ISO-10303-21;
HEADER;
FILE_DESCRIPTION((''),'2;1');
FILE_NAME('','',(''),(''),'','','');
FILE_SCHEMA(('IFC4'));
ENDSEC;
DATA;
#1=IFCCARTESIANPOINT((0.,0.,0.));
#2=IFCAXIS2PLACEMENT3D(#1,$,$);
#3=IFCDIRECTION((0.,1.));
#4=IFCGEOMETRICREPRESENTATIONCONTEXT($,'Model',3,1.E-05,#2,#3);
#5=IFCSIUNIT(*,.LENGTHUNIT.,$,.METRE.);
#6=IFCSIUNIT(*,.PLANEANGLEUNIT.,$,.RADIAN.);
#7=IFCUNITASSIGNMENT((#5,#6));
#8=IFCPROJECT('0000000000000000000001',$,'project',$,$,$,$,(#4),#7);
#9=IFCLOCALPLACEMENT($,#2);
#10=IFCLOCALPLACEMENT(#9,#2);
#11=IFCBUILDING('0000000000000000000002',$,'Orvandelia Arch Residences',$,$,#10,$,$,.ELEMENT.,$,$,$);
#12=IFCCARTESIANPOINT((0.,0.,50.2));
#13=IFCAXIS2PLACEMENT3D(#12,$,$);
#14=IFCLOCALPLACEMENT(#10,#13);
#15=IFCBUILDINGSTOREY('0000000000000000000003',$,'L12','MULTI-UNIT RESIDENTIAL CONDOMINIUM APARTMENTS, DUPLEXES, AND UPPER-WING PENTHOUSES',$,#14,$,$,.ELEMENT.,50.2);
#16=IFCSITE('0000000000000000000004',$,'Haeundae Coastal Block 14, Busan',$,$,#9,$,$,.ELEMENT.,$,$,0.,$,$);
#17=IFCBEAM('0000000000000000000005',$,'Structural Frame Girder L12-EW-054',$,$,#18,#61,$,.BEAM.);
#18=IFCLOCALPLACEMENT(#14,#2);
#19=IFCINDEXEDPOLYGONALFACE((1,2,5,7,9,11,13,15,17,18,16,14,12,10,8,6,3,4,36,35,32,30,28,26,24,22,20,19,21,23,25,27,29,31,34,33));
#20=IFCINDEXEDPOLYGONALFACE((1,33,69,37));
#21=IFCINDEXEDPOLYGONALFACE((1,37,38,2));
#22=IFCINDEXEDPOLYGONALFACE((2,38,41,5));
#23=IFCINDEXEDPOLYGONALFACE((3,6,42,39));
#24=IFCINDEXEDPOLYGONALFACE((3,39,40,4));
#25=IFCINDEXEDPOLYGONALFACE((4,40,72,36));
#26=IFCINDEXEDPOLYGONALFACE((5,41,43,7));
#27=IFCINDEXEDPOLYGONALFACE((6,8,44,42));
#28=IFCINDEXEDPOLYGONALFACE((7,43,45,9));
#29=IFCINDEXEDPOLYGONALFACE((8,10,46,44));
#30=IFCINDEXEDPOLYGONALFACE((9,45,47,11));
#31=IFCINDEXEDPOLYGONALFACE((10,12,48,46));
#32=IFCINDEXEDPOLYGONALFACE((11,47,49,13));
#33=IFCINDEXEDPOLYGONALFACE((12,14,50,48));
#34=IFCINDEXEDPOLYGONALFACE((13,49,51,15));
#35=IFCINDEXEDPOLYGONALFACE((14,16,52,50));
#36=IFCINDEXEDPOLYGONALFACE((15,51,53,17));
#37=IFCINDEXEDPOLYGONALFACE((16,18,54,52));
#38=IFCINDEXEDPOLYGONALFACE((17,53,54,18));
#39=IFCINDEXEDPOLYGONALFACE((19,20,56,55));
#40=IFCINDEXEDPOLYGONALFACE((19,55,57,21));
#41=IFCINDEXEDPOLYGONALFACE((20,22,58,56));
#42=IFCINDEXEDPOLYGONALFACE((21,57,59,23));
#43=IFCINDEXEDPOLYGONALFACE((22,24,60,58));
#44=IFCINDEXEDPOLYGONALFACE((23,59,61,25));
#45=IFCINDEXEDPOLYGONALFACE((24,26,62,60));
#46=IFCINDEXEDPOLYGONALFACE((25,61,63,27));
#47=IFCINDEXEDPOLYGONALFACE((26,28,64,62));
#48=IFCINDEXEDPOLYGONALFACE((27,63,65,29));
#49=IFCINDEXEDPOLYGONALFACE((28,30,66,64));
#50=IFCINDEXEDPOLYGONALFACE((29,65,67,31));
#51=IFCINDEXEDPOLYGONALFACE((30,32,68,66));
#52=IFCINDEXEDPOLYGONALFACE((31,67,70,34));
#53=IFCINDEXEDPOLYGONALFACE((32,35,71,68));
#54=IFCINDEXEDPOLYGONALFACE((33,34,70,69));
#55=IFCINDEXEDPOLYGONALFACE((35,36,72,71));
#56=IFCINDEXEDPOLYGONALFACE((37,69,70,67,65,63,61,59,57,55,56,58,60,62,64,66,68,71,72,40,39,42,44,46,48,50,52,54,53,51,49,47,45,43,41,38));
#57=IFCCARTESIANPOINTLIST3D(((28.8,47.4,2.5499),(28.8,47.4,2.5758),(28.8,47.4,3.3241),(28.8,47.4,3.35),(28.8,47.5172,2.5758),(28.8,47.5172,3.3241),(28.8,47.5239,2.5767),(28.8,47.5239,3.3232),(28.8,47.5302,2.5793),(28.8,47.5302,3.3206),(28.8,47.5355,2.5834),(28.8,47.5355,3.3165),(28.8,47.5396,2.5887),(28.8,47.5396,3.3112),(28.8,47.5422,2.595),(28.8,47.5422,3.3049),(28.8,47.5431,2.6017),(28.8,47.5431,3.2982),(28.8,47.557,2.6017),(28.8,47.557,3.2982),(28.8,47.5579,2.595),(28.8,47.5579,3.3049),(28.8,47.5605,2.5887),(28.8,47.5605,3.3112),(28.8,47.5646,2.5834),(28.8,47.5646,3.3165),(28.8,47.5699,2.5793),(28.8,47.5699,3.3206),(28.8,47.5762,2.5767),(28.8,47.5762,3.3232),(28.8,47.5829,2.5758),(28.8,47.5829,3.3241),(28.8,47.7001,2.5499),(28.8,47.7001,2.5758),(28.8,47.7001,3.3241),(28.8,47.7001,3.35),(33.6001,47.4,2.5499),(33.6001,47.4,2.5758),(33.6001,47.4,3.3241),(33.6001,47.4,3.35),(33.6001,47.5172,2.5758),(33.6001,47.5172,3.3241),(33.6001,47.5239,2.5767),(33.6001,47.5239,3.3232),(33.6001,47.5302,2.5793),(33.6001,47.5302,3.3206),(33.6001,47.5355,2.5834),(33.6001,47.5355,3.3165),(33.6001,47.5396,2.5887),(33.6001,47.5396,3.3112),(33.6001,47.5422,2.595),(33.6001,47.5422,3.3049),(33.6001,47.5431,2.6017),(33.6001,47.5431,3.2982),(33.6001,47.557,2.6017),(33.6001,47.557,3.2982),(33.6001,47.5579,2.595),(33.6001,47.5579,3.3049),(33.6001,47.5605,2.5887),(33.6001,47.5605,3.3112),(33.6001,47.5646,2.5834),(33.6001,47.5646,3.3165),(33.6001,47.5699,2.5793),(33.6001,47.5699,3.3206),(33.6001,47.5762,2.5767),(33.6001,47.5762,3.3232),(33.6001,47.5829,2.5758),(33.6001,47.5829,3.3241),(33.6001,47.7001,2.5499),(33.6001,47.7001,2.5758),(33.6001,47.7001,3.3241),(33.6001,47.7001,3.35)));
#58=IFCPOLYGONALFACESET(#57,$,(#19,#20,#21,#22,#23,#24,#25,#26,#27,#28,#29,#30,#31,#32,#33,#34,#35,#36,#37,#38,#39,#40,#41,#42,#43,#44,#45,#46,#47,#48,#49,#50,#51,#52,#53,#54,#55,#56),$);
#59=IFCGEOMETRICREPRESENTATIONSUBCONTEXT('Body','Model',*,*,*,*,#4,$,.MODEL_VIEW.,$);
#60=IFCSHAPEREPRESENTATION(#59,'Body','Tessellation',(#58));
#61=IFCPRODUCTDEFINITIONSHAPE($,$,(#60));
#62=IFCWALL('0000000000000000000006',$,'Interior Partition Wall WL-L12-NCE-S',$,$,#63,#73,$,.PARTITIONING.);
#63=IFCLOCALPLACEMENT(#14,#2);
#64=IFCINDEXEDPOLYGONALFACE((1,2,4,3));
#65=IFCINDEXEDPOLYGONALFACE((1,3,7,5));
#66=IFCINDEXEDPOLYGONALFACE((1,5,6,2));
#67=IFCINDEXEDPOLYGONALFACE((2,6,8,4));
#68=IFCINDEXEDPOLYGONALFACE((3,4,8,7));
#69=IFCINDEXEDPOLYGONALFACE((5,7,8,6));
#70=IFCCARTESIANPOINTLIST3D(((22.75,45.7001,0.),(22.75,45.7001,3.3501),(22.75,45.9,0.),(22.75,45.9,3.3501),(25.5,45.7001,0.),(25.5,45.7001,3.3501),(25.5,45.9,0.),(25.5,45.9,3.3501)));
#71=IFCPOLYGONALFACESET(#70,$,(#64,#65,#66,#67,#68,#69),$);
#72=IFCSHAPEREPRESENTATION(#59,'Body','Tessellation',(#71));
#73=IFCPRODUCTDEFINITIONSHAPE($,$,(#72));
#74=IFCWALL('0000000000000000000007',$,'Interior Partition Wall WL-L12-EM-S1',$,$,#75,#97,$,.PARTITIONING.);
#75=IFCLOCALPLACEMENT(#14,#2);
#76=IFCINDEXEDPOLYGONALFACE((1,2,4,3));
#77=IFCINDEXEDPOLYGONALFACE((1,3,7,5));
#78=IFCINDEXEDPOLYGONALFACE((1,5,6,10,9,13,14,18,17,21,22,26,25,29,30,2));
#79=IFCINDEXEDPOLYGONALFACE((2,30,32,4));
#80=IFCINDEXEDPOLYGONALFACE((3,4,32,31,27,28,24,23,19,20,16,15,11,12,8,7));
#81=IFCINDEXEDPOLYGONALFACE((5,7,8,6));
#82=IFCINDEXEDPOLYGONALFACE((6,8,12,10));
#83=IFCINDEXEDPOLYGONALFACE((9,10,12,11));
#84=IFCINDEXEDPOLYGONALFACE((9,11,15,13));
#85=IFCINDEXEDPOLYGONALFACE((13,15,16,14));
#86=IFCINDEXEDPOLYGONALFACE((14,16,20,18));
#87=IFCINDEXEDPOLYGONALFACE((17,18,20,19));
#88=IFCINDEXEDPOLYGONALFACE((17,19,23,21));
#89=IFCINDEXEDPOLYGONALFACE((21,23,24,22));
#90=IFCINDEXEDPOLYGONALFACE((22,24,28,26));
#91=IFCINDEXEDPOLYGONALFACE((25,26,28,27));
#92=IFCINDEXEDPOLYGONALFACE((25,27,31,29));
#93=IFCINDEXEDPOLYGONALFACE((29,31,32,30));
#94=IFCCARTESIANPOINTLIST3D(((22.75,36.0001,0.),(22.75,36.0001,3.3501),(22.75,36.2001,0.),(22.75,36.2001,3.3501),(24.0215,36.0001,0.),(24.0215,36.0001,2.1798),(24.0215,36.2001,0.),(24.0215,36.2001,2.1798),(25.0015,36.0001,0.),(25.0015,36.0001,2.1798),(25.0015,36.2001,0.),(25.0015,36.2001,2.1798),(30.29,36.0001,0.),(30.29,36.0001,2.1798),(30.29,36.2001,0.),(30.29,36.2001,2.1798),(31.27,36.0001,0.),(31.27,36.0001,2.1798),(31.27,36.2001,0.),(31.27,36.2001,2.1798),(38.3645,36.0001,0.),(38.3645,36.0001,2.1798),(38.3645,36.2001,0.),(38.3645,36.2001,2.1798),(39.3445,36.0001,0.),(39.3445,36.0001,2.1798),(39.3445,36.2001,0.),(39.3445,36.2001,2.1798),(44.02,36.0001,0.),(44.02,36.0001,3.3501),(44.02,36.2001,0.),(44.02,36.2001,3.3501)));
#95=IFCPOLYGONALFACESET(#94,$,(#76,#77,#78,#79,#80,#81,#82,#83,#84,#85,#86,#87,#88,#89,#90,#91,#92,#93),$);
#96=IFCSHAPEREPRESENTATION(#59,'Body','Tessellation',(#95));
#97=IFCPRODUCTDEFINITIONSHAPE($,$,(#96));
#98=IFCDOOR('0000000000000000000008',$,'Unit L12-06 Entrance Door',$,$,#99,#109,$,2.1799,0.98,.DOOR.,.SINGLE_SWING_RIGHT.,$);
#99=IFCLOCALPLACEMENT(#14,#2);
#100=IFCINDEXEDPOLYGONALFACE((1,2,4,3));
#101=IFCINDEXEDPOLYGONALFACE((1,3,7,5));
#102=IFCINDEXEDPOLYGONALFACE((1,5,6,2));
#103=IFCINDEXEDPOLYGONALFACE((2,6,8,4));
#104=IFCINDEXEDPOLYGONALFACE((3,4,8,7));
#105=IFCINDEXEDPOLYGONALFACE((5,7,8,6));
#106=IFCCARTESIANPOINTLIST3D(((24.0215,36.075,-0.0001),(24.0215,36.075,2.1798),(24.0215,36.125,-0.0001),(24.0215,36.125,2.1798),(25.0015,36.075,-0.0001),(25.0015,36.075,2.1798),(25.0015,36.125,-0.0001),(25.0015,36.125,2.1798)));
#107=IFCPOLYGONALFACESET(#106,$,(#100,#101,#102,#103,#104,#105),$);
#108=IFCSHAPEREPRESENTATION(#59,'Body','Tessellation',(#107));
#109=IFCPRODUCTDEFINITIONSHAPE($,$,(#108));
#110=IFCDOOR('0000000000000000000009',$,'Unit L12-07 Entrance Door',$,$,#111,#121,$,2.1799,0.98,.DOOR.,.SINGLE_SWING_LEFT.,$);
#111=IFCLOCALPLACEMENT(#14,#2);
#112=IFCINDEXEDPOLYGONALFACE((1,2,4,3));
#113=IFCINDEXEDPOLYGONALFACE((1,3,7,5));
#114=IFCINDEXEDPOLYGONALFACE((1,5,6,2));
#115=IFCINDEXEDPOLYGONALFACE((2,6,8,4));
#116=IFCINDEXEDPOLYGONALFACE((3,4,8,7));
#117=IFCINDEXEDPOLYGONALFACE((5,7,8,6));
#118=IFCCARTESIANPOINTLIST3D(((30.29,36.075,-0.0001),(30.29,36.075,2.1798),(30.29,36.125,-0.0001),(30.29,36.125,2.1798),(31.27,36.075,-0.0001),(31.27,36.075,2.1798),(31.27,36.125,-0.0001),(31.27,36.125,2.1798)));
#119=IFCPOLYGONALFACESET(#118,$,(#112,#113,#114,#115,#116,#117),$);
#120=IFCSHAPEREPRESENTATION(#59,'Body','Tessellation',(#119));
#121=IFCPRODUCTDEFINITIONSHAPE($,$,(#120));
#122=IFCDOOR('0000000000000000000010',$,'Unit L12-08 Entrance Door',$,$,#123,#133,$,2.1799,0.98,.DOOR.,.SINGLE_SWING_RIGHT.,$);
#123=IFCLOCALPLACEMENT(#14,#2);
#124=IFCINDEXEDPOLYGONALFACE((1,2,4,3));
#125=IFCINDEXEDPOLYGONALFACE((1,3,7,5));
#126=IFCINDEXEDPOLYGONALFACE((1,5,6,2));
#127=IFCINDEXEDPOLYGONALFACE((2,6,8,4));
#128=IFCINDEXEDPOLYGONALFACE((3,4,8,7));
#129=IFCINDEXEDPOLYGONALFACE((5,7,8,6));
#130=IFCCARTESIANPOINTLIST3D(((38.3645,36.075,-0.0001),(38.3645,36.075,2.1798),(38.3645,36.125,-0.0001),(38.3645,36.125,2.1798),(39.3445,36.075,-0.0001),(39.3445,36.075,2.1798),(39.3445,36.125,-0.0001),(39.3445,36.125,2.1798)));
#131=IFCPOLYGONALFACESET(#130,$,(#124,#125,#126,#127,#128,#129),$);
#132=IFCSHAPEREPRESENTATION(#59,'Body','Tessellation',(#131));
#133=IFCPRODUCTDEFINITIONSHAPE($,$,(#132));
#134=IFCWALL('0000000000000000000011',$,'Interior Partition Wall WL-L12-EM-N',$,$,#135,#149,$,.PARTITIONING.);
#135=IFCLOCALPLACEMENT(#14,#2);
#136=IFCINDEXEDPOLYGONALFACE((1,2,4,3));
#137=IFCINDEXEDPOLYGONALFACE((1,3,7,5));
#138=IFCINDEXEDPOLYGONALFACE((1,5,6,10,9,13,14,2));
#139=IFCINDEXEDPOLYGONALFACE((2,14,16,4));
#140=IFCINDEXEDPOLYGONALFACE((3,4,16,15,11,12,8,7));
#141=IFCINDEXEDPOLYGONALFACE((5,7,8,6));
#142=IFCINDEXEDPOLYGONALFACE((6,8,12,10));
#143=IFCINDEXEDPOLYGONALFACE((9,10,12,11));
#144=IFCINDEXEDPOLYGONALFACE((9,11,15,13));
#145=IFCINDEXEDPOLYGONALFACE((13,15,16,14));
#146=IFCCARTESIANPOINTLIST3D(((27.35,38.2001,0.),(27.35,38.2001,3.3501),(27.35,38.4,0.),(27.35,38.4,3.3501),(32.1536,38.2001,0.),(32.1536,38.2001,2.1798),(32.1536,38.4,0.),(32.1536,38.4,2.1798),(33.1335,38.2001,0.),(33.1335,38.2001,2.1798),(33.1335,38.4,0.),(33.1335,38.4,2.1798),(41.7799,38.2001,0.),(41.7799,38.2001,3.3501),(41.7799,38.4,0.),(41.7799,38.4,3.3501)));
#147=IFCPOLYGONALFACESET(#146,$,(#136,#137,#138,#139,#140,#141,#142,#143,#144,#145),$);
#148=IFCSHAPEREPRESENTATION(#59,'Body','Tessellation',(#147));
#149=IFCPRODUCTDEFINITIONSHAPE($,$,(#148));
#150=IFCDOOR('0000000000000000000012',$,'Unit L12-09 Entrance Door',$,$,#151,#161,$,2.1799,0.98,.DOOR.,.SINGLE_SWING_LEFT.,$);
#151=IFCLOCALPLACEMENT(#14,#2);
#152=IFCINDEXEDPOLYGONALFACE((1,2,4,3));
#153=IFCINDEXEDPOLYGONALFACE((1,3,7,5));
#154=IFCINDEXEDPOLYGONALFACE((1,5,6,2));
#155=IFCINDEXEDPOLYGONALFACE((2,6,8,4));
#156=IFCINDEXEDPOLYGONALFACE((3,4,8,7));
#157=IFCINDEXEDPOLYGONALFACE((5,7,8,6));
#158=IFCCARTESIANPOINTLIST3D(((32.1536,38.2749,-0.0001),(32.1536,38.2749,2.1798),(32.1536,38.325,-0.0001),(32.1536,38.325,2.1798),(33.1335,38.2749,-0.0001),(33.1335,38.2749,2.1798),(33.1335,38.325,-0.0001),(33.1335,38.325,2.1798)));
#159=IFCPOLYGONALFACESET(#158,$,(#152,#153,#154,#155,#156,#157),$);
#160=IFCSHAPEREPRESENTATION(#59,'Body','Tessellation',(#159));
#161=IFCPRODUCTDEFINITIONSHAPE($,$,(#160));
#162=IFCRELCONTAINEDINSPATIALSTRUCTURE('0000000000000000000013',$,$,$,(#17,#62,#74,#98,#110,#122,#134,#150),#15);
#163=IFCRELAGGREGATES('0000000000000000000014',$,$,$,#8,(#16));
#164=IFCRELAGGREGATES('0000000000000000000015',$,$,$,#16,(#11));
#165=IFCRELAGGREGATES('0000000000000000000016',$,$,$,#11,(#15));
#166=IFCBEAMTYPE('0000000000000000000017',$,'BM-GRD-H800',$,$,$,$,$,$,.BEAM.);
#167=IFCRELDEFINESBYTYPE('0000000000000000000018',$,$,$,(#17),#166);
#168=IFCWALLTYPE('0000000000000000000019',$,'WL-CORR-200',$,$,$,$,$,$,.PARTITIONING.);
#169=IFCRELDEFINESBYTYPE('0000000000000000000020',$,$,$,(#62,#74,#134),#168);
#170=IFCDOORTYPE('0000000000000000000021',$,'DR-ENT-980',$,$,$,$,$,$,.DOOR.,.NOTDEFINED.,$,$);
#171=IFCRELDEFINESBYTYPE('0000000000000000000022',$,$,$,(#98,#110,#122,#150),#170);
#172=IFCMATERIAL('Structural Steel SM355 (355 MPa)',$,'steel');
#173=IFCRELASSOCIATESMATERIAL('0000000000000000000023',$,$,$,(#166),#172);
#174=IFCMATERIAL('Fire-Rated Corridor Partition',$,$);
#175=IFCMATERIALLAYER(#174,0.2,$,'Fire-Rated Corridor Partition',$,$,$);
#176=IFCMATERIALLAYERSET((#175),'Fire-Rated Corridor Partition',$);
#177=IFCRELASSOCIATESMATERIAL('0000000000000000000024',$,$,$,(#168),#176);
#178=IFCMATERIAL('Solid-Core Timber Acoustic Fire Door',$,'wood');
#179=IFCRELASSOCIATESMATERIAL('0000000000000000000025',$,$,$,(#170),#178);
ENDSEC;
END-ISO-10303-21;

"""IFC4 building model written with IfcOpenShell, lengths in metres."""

from ifc_helpers import new_model, si_unit, direction, frame, frame_2d, origin, origin_2d, place, context, subcontext, project, spatial, rectangle, i_section, extrude, material, layer, layer_set, material_profile, profile_set, type_object, element, fill, save


model = new_model("IFC4")

# Units and contexts
model_context = context("Model", 3, precision=1e-05, world=origin(), true_north=direction((0.0, 1.0)))
body_context = subcontext(model_context, "Body", "Model", "MODEL_VIEW")
ifc_project = project(units=[si_unit("LENGTHUNIT", "METRE"), si_unit("PLANEANGLEUNIT", "RADIAN")], contexts=[model_context])

# Site, building, storey
site_placement = place(None, origin())
site = spatial("IfcSite", under=ifc_project, at=site_placement, Name="Haeundae Coastal Block 14, Busan", CompositionType="ELEMENT", RefElevation=0.0)
building_placement = place(site_placement, origin())
building = spatial("IfcBuilding", under=site, at=building_placement, Name="Orvandelia Arch Residences", CompositionType="ELEMENT")
storey_placement = place(building_placement, frame((0.0, 0.0, 50.2)))
storey = spatial("IfcBuildingStorey", under=building, at=storey_placement, Name="L12", Description="MULTI-UNIT RESIDENTIAL CONDOMINIUM APARTMENTS, DUPLEXES, AND UPPER-WING PENTHOUSES", CompositionType="ELEMENT", Elevation=50.2)

# Beam
ifc_material_1 = material(Name="Structural Steel SM355 (355 MPa)", Category="steel")
ifc_material_profile_1 = material_profile(ifc_material_1, i_section(OverallWidth=0.3, OverallDepth=0.8, WebThickness=0.0139, FlangeThickness=0.0259, FilletRadius=0.0259, at=origin_2d()), Name="Structural Steel SM355 (355 MPa)", Category="steel")
ifc_profile_set_1 = profile_set([ifc_material_profile_1], Name="Structural Steel SM355 (355 MPa)")
beam_type = type_object("IfcBeamType", Name="BM-GRD-H800", PredefinedType="BEAM", material=ifc_profile_set_1)
beam_1_placement = place(storey_placement, frame((28.8, 47.55, 2.95), z_axis=(1.0, 0.0, 0.0), x_axis=(0.0, 1.0, 0.0)))
element("IfcBeam", 1, at=beam_1_placement, inside=storey, type_object=beam_type, Name="Structural Frame Girder L12-EW-054", PredefinedType="BEAM", context=body_context, shape_type="SweptSolid", body=[
    extrude(i_section(OverallWidth=0.3, OverallDepth=0.8, WebThickness=0.0139, FlangeThickness=0.0259, FilletRadius=0.0259, at=origin_2d()), origin(), (0.0, 0.0, 1.0), 4.8),
])

# Wall
ifc_material_2 = material(Name="Fire-Rated Corridor Partition")
ifc_layer_1 = layer(ifc_material_2, 0.2, Name="Fire-Rated Corridor Partition")
ifc_layer_set_1 = layer_set([ifc_layer_1], Name="Fire-Rated Corridor Partition")
wall_type_1 = type_object("IfcWallType", Name="WL-CORR-200", PredefinedType="PARTITIONING", material=ifc_layer_set_1)
wall_1_placement = place(storey_placement, frame((22.75, 45.8, 0.0), z_axis=(0.0, 0.0, 1.0), x_axis=(1.0, 0.0, 0.0)))
element("IfcWall", 2, at=wall_1_placement, inside=storey, type_object=wall_type_1, Name="Interior Partition Wall WL-L12-NCE-S", PredefinedType="PARTITIONING", context=body_context, shape_type="SweptSolid", body=[
    extrude(rectangle(XDim=2.75, YDim=0.2, at=frame_2d((1.375, 0.0))), origin(), (0.0, 0.0, 1.0), 3.3501),
])

# Wall, openings, doors
wall_2_placement = place(storey_placement, frame((22.75, 36.1001, 0.0), z_axis=(0.0, 0.0, 1.0), x_axis=(1.0, 0.0, 0.0)))
wall_2 = element("IfcWall", 3, at=wall_2_placement, inside=storey, type_object=wall_type_1, Name="Interior Partition Wall WL-L12-EM-S1", PredefinedType="PARTITIONING", context=body_context, shape_type="SweptSolid", body=[
    extrude(rectangle(XDim=21.27, YDim=0.2, at=frame_2d((10.635, 0.0))), origin(), (0.0, 0.0, 1.0), 3.3501),
])
opening_1_placement = place(wall_2_placement, frame((1.2715, 0.0, 0.0)))
opening_1 = element("IfcOpeningElement", 4, at=opening_1_placement, cuts=wall_2, PredefinedType="OPENING", context=body_context, shape_type="SweptSolid", body=[
    extrude(rectangle(XDim=0.98, YDim=2.1799, at=frame_2d((0.49, 1.0898))), frame((0.0, 0.1099, 0.0), z_axis=(0.0, -1.0, 0.0), x_axis=(1.0, 0.0, 0.0)), (0.0, 0.0, 1.0), 0.22),
])
opening_2_placement = place(wall_2_placement, frame((7.54, 0.0, 0.0)))
opening_2 = element("IfcOpeningElement", 5, at=opening_2_placement, cuts=wall_2, PredefinedType="OPENING", context=body_context, shape_type="SweptSolid", body=[
    extrude(rectangle(XDim=0.98, YDim=2.1799, at=frame_2d((0.49, 1.0898))), frame((0.0, 0.1099, 0.0), z_axis=(0.0, -1.0, 0.0), x_axis=(1.0, 0.0, 0.0)), (0.0, 0.0, 1.0), 0.22),
])
opening_3_placement = place(wall_2_placement, frame((15.6145, 0.0, 0.0)))
opening_3 = element("IfcOpeningElement", 6, at=opening_3_placement, cuts=wall_2, PredefinedType="OPENING", context=body_context, shape_type="SweptSolid", body=[
    extrude(rectangle(XDim=0.98, YDim=2.1799, at=frame_2d((0.49, 1.0898))), frame((0.0, 0.1099, 0.0), z_axis=(0.0, -1.0, 0.0), x_axis=(1.0, 0.0, 0.0)), (0.0, 0.0, 1.0), 0.22),
])
ifc_material_3 = material(Name="Solid-Core Timber Acoustic Fire Door", Category="wood")
door_type_1 = type_object("IfcDoorType", Name="DR-ENT-980", OperationType="NOTDEFINED", PredefinedType="DOOR", material=ifc_material_3)
door_1_placement = place(opening_1_placement, origin())
door_1 = element("IfcDoor", 7, at=door_1_placement, inside=storey, type_object=door_type_1, Name="Unit L12-06 Entrance Door", OperationType="SINGLE_SWING_RIGHT", OverallHeight=2.1799, OverallWidth=0.98, PredefinedType="DOOR", context=body_context, shape_type="SweptSolid", body=[
    extrude(rectangle(XDim=0.98, YDim=2.1799, at=frame_2d((0.49, 1.0898))), frame((0.0, 0.0249, 0.0), z_axis=(0.0, -1.0, 0.0), x_axis=(1.0, 0.0, 0.0)), (0.0, 0.0, 1.0), 0.05),
])
fill(opening_1, door_1)
door_2_placement = place(opening_2_placement, origin())
door_2 = element("IfcDoor", 8, at=door_2_placement, inside=storey, type_object=door_type_1, Name="Unit L12-07 Entrance Door", OperationType="SINGLE_SWING_LEFT", OverallHeight=2.1799, OverallWidth=0.98, PredefinedType="DOOR", context=body_context, shape_type="SweptSolid", body=[
    extrude(rectangle(XDim=0.98, YDim=2.1799, at=frame_2d((0.49, 1.0898))), frame((0.0, 0.0249, 0.0), z_axis=(0.0, -1.0, 0.0), x_axis=(1.0, 0.0, 0.0)), (0.0, 0.0, 1.0), 0.05),
])
fill(opening_2, door_2)
door_3_placement = place(opening_3_placement, origin())
door_3 = element("IfcDoor", 9, at=door_3_placement, inside=storey, type_object=door_type_1, Name="Unit L12-08 Entrance Door", OperationType="SINGLE_SWING_RIGHT", OverallHeight=2.1799, OverallWidth=0.98, PredefinedType="DOOR", context=body_context, shape_type="SweptSolid", body=[
    extrude(rectangle(XDim=0.98, YDim=2.1799, at=frame_2d((0.49, 1.0898))), frame((0.0, 0.0249, 0.0), z_axis=(0.0, -1.0, 0.0), x_axis=(1.0, 0.0, 0.0)), (0.0, 0.0, 1.0), 0.05),
])
fill(opening_3, door_3)

# Wall, opening, door
wall_3_placement = place(storey_placement, frame((27.3501, 38.3, 0.0), z_axis=(0.0, 0.0, 1.0), x_axis=(1.0, 0.0, 0.0)))
wall_3 = element("IfcWall", 10, at=wall_3_placement, inside=storey, type_object=wall_type_1, Name="Interior Partition Wall WL-L12-EM-N", PredefinedType="PARTITIONING", context=body_context, shape_type="SweptSolid", body=[
    extrude(rectangle(XDim=14.4299, YDim=0.2, at=frame_2d((7.2148, 0.0))), origin(), (0.0, 0.0, 1.0), 3.3501),
])
opening_4_placement = place(wall_3_placement, frame((4.8035, 0.0, 0.0)))
opening_4 = element("IfcOpeningElement", 11, at=opening_4_placement, cuts=wall_3, PredefinedType="OPENING", context=body_context, shape_type="SweptSolid", body=[
    extrude(rectangle(XDim=0.98, YDim=2.1799, at=frame_2d((0.49, 1.0898))), frame((0.0, 0.1099, 0.0), z_axis=(0.0, -1.0, 0.0), x_axis=(1.0, 0.0, 0.0)), (0.0, 0.0, 1.0), 0.22),
])
door_4_placement = place(opening_4_placement, origin())
door_4 = element("IfcDoor", 12, at=door_4_placement, inside=storey, type_object=door_type_1, Name="Unit L12-09 Entrance Door", OperationType="SINGLE_SWING_LEFT", OverallHeight=2.1799, OverallWidth=0.98, PredefinedType="DOOR", context=body_context, shape_type="SweptSolid", body=[
    extrude(rectangle(XDim=0.98, YDim=2.1799, at=frame_2d((0.49, 1.0898))), frame((0.0, 0.0249, 0.0), z_axis=(0.0, -1.0, 0.0), x_axis=(1.0, 0.0, 0.0)), (0.0, 0.0, 1.0), 0.05),
])
fill(opening_4, door_4)

save(model, "model.ifc")
